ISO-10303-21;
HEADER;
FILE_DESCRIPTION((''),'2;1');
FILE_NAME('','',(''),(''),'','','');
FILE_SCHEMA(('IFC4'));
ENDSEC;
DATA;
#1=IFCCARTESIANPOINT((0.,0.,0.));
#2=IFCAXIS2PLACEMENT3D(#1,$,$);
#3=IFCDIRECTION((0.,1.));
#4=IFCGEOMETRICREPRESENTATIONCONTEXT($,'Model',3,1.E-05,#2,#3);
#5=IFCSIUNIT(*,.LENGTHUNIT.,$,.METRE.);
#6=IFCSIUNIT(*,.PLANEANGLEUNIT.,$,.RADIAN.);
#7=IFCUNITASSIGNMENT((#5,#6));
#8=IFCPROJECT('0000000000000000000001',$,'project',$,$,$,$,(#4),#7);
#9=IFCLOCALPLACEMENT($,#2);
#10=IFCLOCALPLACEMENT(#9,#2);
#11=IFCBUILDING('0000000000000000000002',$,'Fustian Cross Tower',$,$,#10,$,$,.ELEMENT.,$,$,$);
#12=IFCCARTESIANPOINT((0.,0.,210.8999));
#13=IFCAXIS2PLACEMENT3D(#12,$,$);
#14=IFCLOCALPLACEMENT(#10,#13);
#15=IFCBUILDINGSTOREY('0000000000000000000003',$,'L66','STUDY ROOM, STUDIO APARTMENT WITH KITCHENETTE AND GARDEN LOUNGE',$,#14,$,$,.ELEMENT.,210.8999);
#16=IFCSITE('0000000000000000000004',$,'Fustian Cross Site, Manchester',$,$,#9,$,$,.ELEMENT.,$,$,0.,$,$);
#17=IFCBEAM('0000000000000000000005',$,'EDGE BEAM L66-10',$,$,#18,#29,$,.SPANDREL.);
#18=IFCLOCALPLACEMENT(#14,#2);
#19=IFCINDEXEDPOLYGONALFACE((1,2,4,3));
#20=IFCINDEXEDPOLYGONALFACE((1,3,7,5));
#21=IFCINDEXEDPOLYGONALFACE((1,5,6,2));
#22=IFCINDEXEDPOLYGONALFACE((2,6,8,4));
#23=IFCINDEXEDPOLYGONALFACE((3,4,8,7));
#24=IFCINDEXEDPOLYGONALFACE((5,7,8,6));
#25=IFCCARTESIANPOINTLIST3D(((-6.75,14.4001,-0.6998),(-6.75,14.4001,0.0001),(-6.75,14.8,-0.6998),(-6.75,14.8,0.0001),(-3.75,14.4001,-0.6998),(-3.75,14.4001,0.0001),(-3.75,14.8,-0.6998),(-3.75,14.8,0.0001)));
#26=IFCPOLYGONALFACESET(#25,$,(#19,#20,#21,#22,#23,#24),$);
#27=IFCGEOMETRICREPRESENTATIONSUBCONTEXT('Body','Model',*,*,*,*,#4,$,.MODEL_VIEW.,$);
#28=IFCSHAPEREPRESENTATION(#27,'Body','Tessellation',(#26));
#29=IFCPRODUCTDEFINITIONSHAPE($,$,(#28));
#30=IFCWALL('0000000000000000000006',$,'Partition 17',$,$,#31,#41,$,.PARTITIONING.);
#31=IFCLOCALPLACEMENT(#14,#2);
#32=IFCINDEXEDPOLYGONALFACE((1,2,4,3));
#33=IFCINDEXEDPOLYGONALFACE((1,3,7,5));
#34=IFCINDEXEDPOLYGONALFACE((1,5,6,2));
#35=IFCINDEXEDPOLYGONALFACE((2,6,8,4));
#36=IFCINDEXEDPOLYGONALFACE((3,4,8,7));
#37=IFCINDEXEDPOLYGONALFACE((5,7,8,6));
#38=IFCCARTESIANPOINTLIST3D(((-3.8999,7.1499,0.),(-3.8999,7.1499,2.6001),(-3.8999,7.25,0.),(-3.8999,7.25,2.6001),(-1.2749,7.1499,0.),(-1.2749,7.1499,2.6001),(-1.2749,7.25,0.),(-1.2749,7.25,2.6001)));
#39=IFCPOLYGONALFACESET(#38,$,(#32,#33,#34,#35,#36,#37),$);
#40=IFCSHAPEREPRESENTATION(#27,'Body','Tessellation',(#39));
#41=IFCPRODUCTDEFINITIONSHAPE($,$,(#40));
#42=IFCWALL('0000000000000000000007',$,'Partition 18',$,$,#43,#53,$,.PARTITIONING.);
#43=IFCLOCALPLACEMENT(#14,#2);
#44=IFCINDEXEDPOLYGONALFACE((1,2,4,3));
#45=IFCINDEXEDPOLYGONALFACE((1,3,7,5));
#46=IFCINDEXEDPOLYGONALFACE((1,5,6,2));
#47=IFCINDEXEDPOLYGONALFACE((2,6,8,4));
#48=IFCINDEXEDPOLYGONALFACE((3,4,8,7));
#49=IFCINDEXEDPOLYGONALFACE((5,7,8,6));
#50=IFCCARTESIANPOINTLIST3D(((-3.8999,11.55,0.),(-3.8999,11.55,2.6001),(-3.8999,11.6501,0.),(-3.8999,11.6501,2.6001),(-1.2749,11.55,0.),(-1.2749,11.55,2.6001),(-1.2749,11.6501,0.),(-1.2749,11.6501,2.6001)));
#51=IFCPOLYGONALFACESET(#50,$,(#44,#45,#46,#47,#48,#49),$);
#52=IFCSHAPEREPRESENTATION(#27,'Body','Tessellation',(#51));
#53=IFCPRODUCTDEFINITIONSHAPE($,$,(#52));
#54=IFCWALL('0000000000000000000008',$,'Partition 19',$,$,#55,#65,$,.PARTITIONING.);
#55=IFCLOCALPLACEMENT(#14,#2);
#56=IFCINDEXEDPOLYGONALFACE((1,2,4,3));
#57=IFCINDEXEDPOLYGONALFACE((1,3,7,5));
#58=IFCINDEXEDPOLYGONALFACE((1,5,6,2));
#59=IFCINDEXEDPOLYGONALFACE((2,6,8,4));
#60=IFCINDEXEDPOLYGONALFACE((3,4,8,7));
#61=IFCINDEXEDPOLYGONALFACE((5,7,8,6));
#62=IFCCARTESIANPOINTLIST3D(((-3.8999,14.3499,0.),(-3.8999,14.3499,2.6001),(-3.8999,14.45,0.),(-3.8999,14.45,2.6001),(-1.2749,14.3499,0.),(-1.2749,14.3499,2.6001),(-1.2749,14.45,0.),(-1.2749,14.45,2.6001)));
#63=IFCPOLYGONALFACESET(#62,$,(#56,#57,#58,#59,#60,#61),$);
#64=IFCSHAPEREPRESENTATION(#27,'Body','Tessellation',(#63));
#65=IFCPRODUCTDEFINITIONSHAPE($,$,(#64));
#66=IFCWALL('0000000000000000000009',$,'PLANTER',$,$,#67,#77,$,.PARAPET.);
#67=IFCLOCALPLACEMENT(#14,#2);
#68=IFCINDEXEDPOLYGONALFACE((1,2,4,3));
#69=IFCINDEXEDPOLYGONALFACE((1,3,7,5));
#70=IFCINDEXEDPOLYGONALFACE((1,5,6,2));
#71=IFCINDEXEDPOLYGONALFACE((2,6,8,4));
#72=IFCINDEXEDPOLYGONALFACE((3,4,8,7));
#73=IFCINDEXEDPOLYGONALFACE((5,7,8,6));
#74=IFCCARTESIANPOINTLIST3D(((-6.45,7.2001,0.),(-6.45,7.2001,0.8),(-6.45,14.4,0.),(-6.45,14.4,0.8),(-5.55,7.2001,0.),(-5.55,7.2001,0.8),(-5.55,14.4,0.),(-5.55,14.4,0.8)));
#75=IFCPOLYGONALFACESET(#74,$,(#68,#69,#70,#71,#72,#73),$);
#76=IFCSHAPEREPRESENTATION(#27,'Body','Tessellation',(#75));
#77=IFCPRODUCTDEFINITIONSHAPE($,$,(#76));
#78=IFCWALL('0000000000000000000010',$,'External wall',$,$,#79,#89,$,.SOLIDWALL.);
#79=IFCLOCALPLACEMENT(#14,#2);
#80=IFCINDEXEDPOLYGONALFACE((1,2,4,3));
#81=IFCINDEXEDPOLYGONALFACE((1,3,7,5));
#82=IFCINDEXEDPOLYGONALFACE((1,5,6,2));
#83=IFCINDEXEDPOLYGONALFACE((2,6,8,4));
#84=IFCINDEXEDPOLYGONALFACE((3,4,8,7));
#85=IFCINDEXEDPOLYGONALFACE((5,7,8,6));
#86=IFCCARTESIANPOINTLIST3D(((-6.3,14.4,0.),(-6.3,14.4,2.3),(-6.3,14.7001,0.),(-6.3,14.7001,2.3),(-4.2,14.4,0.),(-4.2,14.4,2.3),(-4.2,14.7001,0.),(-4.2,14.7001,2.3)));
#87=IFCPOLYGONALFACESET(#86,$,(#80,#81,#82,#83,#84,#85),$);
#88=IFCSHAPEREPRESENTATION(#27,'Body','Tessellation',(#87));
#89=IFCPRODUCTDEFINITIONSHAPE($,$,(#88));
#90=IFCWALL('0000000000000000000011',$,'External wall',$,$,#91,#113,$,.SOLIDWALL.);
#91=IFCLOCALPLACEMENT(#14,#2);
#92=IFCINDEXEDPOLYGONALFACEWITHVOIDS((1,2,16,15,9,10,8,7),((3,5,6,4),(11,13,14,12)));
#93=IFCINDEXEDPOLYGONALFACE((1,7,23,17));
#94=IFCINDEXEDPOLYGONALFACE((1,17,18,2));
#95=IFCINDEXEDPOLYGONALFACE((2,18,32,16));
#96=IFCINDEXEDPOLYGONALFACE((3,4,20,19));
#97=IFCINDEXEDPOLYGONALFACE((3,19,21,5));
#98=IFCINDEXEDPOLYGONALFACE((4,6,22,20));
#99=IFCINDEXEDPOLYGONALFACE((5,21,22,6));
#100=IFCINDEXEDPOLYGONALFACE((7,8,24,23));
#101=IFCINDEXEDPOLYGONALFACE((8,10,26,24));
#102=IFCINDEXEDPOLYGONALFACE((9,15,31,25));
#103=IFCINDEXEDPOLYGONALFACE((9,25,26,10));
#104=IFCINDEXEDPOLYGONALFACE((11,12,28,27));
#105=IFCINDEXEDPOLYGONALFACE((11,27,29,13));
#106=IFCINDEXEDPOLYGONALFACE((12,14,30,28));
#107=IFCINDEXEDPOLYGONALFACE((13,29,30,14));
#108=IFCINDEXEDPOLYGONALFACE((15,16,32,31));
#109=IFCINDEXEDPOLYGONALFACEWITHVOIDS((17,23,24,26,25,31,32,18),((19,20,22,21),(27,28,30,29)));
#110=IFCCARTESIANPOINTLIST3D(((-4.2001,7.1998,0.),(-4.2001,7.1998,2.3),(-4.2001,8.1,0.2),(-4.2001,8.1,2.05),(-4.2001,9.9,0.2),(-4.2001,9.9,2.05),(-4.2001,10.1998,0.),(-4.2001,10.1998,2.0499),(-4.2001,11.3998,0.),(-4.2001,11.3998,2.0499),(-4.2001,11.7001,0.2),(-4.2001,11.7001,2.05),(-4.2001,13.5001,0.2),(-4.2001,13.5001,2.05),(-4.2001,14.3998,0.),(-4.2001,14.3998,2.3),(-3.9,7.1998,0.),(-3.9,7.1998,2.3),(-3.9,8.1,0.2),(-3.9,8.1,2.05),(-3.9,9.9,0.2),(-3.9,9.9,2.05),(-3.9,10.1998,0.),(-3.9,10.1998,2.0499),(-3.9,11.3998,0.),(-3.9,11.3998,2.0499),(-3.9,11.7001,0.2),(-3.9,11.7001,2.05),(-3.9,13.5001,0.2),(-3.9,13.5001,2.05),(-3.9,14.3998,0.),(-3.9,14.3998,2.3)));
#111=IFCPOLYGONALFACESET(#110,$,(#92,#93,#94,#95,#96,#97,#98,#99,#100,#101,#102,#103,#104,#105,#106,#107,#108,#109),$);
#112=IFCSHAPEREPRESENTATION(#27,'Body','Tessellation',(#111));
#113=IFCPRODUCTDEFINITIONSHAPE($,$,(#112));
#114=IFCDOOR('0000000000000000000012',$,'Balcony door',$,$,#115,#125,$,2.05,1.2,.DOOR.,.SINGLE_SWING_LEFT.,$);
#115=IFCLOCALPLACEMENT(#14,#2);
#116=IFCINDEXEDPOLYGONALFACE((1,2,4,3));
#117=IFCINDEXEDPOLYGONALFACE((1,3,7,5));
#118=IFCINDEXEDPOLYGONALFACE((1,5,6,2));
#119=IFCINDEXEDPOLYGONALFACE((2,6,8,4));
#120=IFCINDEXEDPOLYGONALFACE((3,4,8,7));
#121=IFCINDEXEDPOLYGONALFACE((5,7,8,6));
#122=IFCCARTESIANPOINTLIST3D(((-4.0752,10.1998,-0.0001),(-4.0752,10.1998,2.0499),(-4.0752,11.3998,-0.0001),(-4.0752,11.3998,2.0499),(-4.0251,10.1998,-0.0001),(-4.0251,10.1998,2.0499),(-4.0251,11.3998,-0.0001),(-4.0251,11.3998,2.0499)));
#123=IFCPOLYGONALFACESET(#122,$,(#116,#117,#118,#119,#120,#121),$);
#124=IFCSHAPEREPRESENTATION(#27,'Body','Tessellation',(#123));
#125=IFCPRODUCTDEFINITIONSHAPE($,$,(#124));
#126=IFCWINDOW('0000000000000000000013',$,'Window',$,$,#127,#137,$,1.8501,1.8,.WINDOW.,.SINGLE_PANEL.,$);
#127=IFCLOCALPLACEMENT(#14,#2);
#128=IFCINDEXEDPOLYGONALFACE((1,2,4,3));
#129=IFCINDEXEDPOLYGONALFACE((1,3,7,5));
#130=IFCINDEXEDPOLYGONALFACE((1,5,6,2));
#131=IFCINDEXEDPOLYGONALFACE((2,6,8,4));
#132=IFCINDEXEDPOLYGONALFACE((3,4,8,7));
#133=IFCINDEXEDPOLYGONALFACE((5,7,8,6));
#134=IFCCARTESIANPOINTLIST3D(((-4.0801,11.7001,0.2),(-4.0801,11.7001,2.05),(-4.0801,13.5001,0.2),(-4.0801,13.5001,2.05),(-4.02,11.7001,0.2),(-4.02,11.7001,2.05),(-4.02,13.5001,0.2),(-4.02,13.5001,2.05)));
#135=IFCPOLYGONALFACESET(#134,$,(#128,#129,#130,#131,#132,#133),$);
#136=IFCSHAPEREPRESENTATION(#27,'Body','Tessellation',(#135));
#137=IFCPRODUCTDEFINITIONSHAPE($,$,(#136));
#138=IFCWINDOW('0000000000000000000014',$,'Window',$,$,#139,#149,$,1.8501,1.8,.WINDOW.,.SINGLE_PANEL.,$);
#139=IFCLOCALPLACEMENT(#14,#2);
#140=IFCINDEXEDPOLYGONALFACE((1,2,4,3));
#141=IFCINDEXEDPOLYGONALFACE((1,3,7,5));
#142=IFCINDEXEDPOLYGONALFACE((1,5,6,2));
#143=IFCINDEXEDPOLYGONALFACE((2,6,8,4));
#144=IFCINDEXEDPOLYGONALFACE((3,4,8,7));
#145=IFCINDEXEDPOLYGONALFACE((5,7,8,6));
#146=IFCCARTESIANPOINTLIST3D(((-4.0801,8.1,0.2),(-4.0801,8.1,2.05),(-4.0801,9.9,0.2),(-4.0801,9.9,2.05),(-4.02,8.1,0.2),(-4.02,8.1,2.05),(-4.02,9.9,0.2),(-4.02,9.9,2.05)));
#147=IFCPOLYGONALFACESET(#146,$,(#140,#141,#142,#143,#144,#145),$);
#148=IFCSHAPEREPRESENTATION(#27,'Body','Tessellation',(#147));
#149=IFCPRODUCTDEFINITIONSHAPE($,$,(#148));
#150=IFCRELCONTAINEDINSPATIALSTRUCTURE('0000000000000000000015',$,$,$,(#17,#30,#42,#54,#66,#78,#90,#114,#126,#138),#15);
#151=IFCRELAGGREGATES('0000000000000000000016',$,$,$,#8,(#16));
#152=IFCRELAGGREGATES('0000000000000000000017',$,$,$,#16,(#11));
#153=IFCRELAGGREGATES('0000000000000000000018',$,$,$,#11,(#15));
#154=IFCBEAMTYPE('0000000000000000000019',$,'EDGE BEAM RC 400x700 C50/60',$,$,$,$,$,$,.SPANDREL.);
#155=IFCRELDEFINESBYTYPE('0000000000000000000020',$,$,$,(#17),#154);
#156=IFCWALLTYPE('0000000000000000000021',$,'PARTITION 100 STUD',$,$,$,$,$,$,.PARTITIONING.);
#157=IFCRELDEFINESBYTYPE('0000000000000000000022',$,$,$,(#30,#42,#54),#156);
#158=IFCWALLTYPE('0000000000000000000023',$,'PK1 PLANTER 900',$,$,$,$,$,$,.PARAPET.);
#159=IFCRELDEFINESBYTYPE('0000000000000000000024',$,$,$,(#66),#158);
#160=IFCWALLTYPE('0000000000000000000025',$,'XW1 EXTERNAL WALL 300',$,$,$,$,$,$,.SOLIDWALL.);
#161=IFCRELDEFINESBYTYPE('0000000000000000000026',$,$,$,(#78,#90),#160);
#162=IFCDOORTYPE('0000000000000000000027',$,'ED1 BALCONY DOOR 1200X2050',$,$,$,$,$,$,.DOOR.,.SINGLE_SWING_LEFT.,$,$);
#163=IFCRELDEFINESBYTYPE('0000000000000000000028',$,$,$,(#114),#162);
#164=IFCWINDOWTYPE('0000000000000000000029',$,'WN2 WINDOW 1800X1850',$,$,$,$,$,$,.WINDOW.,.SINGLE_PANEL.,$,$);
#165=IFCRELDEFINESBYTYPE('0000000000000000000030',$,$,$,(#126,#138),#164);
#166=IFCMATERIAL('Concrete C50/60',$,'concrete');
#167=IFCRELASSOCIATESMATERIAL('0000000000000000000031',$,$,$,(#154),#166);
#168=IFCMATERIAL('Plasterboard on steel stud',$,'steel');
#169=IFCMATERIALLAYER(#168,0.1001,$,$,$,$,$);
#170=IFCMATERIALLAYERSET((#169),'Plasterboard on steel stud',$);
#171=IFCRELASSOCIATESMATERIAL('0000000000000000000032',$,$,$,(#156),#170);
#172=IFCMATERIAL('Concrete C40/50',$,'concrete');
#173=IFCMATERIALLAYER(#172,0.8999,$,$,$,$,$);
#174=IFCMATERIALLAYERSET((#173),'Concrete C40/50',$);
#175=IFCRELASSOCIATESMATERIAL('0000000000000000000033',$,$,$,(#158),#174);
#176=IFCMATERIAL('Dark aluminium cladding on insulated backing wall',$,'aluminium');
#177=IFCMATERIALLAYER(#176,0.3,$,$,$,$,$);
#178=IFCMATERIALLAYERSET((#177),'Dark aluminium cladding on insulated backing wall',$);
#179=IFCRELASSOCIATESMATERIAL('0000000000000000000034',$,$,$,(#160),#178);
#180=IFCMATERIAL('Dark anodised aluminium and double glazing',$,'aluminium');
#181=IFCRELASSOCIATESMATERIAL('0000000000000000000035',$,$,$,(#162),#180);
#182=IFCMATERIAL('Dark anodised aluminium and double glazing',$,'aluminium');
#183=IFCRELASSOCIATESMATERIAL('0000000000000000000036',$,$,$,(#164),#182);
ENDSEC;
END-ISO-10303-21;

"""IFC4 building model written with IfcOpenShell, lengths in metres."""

from ifc_helpers import new_model, si_unit, direction, frame, frame_2d, origin, origin_2d, place, context, subcontext, project, spatial, rectangle, extrude, material, layer, layer_set, material_profile, profile_set, type_object, element, fill, save


model = new_model("IFC4")

# Units and contexts
model_context = context("Model", 3, precision=1e-05, world=origin(), true_north=direction((0.0, 1.0)))
body_context = subcontext(model_context, "Body", "Model", "MODEL_VIEW")
ifc_project = project(units=[si_unit("LENGTHUNIT", "METRE"), si_unit("PLANEANGLEUNIT", "RADIAN")], contexts=[model_context])

# Site, building, storey
site_placement = place(None, origin())
site = spatial("IfcSite", under=ifc_project, at=site_placement, Name="Fustian Cross Site, Manchester", CompositionType="ELEMENT", RefElevation=0.0)
building_placement = place(site_placement, origin())
building = spatial("IfcBuilding", under=site, at=building_placement, Name="Fustian Cross Tower", CompositionType="ELEMENT")
storey_placement = place(building_placement, frame((0.0, 0.0, 210.8999)))
storey = spatial("IfcBuildingStorey", under=building, at=storey_placement, Name="L66", Description="STUDY ROOM, STUDIO APARTMENT WITH KITCHENETTE AND GARDEN LOUNGE", CompositionType="ELEMENT", Elevation=210.8999)

# Beam
ifc_material_1 = material(Name="Concrete C50/60", Category="concrete")
ifc_material_profile = material_profile(ifc_material_1, rectangle(XDim=0.3999, YDim=0.7, at=origin_2d()), Name="RC 400x700")
ifc_profile_set = profile_set([ifc_material_profile], Name="Concrete C50/60")
beam_type = type_object("IfcBeamType", Name="EDGE BEAM RC 400x700 C50/60", PredefinedType="SPANDREL", material=ifc_profile_set)
beam_placement = place(storey_placement, frame((-6.75, 14.6001, -0.3499), z_axis=(1.0, 0.0, 0.0), x_axis=(0.0, 1.0, 0.0)))
element("IfcBeam", 1, at=beam_placement, inside=storey, type_object=beam_type, Name="EDGE BEAM L66-10", PredefinedType="SPANDREL", context=body_context, shape_type="SweptSolid", body=[
    extrude(rectangle(XDim=0.3999, YDim=0.7, at=origin_2d()), origin(), (0.0, 0.0, 1.0), 3.0),
])

# Walls
ifc_material_2 = material(Name="Plasterboard on steel stud", Category="steel")
ifc_layer_1 = layer(ifc_material_2, 0.1001)
ifc_layer_set_1 = layer_set([ifc_layer_1], Name="Plasterboard on steel stud")
wall_type_1 = type_object("IfcWallType", Name="PARTITION 100 STUD", PredefinedType="PARTITIONING", material=ifc_layer_set_1)
for number, where, z_axis, x_axis, name in (
    (2, (-3.8999, 7.2, 0.0), (0.0, 0.0, 1.0), (1.0, 0.0, 0.0), "Partition 17"),
    (3, (-3.8999, 11.6001, 0.0), (0.0, 0.0, 1.0), (1.0, 0.0, 0.0), "Partition 18"),
    (4, (-3.8999, 14.3999, 0.0), (0.0, 0.0, 1.0), (1.0, 0.0, 0.0), "Partition 19"),
):
    element("IfcWall", number, at=place(storey_placement, frame(where, z_axis=z_axis, x_axis=x_axis)), inside=storey, type_object=wall_type_1, Name=name, PredefinedType="PARTITIONING", context=body_context, shape_type="SweptSolid", body=[
        extrude(rectangle(XDim=2.625, YDim=0.1001, at=frame_2d((1.3125, 0.0))), origin(), (0.0, 0.0, 1.0), 2.6001),
    ])
ifc_material_3 = material(Name="Concrete C40/50", Category="concrete")
ifc_layer_2 = layer(ifc_material_3, 0.8999)
ifc_layer_set_2 = layer_set([ifc_layer_2], Name="Concrete C40/50")
wall_type_2 = type_object("IfcWallType", Name="PK1 PLANTER 900", PredefinedType="PARAPET", material=ifc_layer_set_2)
wall_1_placement = place(storey_placement, frame((-6.0, 7.2, 0.0), z_axis=(0.0, 0.0, 1.0), x_axis=(0.0, 1.0, 0.0)))
element("IfcWall", 5, at=wall_1_placement, inside=storey, type_object=wall_type_2, Name="PLANTER", PredefinedType="PARAPET", context=body_context, shape_type="SweptSolid", body=[
    extrude(rectangle(XDim=7.2, YDim=0.8999, at=frame_2d((3.6001, 0.0))), origin(), (0.0, 0.0, 1.0), 0.8),
])
ifc_material_4 = material(Name="Dark aluminium cladding on insulated backing wall", Category="aluminium")
ifc_layer_3 = layer(ifc_material_4, 0.3)
ifc_layer_set_3 = layer_set([ifc_layer_3], Name="Dark aluminium cladding on insulated backing wall")
wall_type_3 = type_object("IfcWallType", Name="XW1 EXTERNAL WALL 300", PredefinedType="SOLIDWALL", material=ifc_layer_set_3)
wall_2_placement = place(storey_placement, frame((-6.3, 14.55, 0.0), z_axis=(0.0, 0.0, 1.0), x_axis=(1.0, 0.0, 0.0)))
element("IfcWall", 6, at=wall_2_placement, inside=storey, type_object=wall_type_3, Name="External wall", PredefinedType="SOLIDWALL", context=body_context, shape_type="SweptSolid", body=[
    extrude(rectangle(XDim=2.1001, YDim=0.3, at=frame_2d((1.05, 0.0))), origin(), (0.0, 0.0, 1.0), 2.3),
])

# Wall, openings, door, windows
wall_3_placement = place(storey_placement, frame((-4.05, 14.3999, 0.0), z_axis=(0.0, 0.0, 1.0), x_axis=(0.0, -1.0, 0.0)))
wall_3 = element("IfcWall", 7, at=wall_3_placement, inside=storey, type_object=wall_type_3, Name="External wall", PredefinedType="SOLIDWALL", context=body_context, shape_type="SweptSolid", body=[
    extrude(rectangle(XDim=7.2, YDim=0.3, at=frame_2d((3.6001, 0.0))), origin(), (0.0, 0.0, 1.0), 2.3),
])
opening_1_placement = place(wall_3_placement, frame((3.0, 0.0, 0.0)))
opening_1 = element("IfcOpeningElement", 8, at=opening_1_placement, cuts=wall_3, PredefinedType="OPENING", context=body_context, shape_type="SweptSolid", body=[
    extrude(rectangle(XDim=1.2, YDim=2.05, at=frame_2d((0.6001, 1.0249))), frame((0.0, 0.1599, 0.0), z_axis=(0.0, -1.0, 0.0), x_axis=(1.0, 0.0, 0.0)), (0.0, 0.0, 1.0), 0.3201),
])
opening_2_placement = place(wall_3_placement, frame((0.8999, 0.0, 0.2)))
opening_2 = element("IfcOpeningElement", 9, at=opening_2_placement, cuts=wall_3, PredefinedType="OPENING", context=body_context, shape_type="SweptSolid", body=[
    extrude(rectangle(XDim=1.8, YDim=1.8501, at=frame_2d((0.8999, 0.925))), frame((0.0, 0.1599, 0.0), z_axis=(0.0, -1.0, 0.0), x_axis=(1.0, 0.0, 0.0)), (0.0, 0.0, 1.0), 0.3201),
])
opening_3_placement = place(wall_3_placement, frame((4.5, 0.0, 0.2)))
opening_3 = element("IfcOpeningElement", 10, at=opening_3_placement, cuts=wall_3, PredefinedType="OPENING", context=body_context, shape_type="SweptSolid", body=[
    extrude(rectangle(XDim=1.8, YDim=1.8501, at=frame_2d((0.8999, 0.925))), frame((0.0, 0.1599, 0.0), z_axis=(0.0, -1.0, 0.0), x_axis=(1.0, 0.0, 0.0)), (0.0, 0.0, 1.0), 0.3201),
])
ifc_material_5 = material(Name="Dark anodised aluminium and double glazing", Category="aluminium")
door_type = type_object("IfcDoorType", Name="ED1 BALCONY DOOR 1200X2050", OperationType="SINGLE_SWING_LEFT", PredefinedType="DOOR", material=ifc_material_5)
door_placement = place(opening_1_placement, origin())
door = element("IfcDoor", 11, at=door_placement, inside=storey, type_object=door_type, Name="Balcony door", OperationType="SINGLE_SWING_LEFT", OverallHeight=2.05, OverallWidth=1.2, PredefinedType="DOOR", context=body_context, shape_type="SweptSolid", body=[
    extrude(rectangle(XDim=1.2, YDim=2.05, at=frame_2d((0.6001, 1.0249))), frame((0.0, 0.0249, 0.0), z_axis=(0.0, -1.0, 0.0), x_axis=(1.0, 0.0, 0.0)), (0.0, 0.0, 1.0), 0.05),
])
fill(opening_1, door)
ifc_material_6 = material(Name="Dark anodised aluminium and double glazing", Category="aluminium")
window_type = type_object("IfcWindowType", Name="WN2 WINDOW 1800X1850", PartitioningType="SINGLE_PANEL", PredefinedType="WINDOW", material=ifc_material_6)
window_1_placement = place(opening_2_placement, origin())
window_1 = element("IfcWindow", 12, at=window_1_placement, inside=storey, type_object=window_type, Name="Window", OverallHeight=1.8501, OverallWidth=1.8, PartitioningType="SINGLE_PANEL", PredefinedType="WINDOW", context=body_context, shape_type="SweptSolid", body=[
    extrude(rectangle(XDim=1.8, YDim=1.8501, at=frame_2d((0.8999, 0.925))), frame((0.0, 0.03, 0.0), z_axis=(0.0, -1.0, 0.0), x_axis=(1.0, 0.0, 0.0)), (0.0, 0.0, 1.0), 0.0601),
])
fill(opening_2, window_1)
window_2_placement = place(opening_3_placement, origin())
window_2 = element("IfcWindow", 13, at=window_2_placement, inside=storey, type_object=window_type, Name="Window", OverallHeight=1.8501, OverallWidth=1.8, PartitioningType="SINGLE_PANEL", PredefinedType="WINDOW", context=body_context, shape_type="SweptSolid", body=[
    extrude(rectangle(XDim=1.8, YDim=1.8501, at=frame_2d((0.8999, 0.925))), frame((0.0, 0.03, 0.0), z_axis=(0.0, -1.0, 0.0), x_axis=(1.0, 0.0, 0.0)), (0.0, 0.0, 1.0), 0.0601),
])
fill(opening_3, window_2)

save(model, "model.ifc")
